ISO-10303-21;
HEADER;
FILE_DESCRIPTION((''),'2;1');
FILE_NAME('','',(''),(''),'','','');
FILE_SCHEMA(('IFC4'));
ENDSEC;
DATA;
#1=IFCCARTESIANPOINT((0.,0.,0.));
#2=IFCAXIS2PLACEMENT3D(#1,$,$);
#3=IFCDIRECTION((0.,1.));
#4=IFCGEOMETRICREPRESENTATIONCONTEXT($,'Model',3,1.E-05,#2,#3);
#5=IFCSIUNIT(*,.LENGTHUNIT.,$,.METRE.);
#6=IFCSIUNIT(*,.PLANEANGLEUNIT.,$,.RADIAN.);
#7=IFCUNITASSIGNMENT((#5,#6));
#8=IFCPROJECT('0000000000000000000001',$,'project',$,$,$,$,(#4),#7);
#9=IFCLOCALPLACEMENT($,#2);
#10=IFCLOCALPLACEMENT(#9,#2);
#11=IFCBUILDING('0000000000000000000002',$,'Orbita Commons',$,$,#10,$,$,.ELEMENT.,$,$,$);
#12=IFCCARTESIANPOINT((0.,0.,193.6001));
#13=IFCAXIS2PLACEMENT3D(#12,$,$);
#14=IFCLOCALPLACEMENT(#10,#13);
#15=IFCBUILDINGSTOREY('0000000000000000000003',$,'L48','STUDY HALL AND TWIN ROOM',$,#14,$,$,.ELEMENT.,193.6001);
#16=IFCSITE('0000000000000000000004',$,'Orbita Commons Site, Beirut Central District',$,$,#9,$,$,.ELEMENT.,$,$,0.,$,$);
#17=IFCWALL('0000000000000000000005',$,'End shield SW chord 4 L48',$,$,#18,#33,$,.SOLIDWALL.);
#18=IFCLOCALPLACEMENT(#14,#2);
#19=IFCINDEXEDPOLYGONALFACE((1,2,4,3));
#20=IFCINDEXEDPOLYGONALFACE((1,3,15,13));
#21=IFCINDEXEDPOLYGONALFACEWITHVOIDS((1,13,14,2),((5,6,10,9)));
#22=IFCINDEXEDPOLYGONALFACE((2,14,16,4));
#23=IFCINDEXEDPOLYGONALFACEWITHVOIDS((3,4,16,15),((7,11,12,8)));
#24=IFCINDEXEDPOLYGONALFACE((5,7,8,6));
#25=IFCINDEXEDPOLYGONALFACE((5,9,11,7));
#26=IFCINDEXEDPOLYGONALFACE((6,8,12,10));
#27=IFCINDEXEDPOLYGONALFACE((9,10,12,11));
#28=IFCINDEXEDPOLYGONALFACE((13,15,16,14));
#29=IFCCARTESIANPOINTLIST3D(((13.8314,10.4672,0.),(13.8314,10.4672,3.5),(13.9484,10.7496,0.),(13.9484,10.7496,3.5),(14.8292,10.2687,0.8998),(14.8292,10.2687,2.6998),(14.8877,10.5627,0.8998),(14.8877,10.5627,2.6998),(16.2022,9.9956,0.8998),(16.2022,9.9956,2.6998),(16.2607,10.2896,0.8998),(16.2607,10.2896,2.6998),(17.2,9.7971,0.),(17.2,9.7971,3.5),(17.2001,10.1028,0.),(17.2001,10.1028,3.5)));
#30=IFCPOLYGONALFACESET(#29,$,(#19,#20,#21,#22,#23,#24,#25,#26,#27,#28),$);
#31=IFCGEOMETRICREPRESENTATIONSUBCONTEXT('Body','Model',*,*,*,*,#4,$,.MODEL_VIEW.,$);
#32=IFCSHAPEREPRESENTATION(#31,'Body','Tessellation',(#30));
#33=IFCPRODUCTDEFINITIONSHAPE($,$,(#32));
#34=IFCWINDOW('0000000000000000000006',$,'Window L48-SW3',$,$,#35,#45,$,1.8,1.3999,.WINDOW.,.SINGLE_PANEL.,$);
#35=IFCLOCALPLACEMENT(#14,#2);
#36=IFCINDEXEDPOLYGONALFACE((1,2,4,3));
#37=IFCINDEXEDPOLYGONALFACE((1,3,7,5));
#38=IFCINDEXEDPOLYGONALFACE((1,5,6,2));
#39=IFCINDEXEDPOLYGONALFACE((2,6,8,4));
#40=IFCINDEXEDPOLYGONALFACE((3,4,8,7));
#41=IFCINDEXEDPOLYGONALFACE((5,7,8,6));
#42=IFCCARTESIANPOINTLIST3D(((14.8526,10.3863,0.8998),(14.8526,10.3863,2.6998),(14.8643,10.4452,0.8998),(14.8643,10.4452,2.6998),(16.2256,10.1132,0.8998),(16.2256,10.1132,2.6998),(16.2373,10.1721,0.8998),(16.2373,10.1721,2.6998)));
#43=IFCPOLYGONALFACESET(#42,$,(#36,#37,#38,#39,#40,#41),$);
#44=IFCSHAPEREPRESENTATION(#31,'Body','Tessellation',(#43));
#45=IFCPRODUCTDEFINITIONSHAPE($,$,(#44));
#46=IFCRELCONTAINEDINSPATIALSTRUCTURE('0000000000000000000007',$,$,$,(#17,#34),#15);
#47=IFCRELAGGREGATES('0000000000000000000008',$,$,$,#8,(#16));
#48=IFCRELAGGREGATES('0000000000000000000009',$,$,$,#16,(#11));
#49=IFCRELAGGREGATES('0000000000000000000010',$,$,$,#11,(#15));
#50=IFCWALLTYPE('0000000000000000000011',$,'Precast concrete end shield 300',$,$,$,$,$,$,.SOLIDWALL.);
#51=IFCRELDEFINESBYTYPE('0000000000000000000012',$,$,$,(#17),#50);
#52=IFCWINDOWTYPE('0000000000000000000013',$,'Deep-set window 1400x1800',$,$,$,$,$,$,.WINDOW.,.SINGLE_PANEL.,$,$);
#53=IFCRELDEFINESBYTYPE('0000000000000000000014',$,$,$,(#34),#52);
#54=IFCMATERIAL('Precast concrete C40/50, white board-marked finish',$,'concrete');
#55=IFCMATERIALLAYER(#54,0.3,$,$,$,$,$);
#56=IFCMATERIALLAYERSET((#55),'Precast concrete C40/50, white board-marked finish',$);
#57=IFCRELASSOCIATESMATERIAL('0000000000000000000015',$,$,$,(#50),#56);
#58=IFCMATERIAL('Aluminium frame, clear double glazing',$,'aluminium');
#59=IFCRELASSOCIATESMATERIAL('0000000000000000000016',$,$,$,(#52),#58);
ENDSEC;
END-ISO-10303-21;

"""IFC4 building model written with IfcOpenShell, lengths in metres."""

from ifc_helpers import new_model, si_unit, direction, frame, frame_2d, origin, place, context, subcontext, project, spatial, polyline, rectangle, outline, extrude, material, layer, layer_set, type_object, element, fill, save


model = new_model("IFC4")

# Units and contexts
model_context = context("Model", 3, precision=1e-05, world=origin(), true_north=direction((0.0, 1.0)))
body_context = subcontext(model_context, "Body", "Model", "MODEL_VIEW")
ifc_project = project(units=[si_unit("LENGTHUNIT", "METRE"), si_unit("PLANEANGLEUNIT", "RADIAN")], contexts=[model_context])

# Site, building, storey
site_placement = place(None, origin())
site = spatial("IfcSite", under=ifc_project, at=site_placement, Name="Orbita Commons Site, Beirut Central District", CompositionType="ELEMENT", RefElevation=0.0)
building_placement = place(site_placement, origin())
building = spatial("IfcBuilding", under=site, at=building_placement, Name="Orbita Commons", CompositionType="ELEMENT")
storey_placement = place(building_placement, frame((0.0, 0.0, 193.6001)))
storey = spatial("IfcBuildingStorey", under=building, at=storey_placement, Name="L48", Description="STUDY HALL AND TWIN ROOM", CompositionType="ELEMENT", Elevation=193.6001)

# Wall, opening, window
ifc_material_1 = material(Name="Precast concrete C40/50, white board-marked finish", Category="concrete")
ifc_layer_1 = layer(ifc_material_1, 0.3)
ifc_layer_set_1 = layer_set([ifc_layer_1], Name="Precast concrete C40/50, white board-marked finish")
wall_type_1 = type_object("IfcWallType", Name="Precast concrete end shield 300", PredefinedType="SOLIDWALL", material=ifc_layer_set_1)
ifc_material_2 = material(Name="Aluminium frame, clear double glazing", Category="aluminium")
window_type = type_object("IfcWindowType", Name="Deep-set window 1400x1800", PartitioningType="SINGLE_PANEL", PredefinedType="WINDOW", material=ifc_material_2)
wall_1_placement = place(storey_placement, frame((13.8899, 10.6084, 0.0), z_axis=(0.0, 0.0, 1.0), x_axis=(0.980783, -0.1951, 0.0)))
wall_1 = element("IfcWall", 1, at=wall_1_placement, inside=storey, type_object=wall_type_1, Name="End shield SW chord 4 L48", PredefinedType="SOLIDWALL", context=body_context, shape_type="SweptSolid", body=[
    extrude(outline(polyline([(-0.0298, -0.1499), (3.4048, -0.1499), (3.3452, 0.1499), (0.0298, 0.1499), (-0.0298, -0.1499)])), origin(), (0.0, 0.0, 1.0), 3.5),
])
opening_1_placement = place(wall_1_placement, frame((0.9875, 0.0, 0.8999)))
opening_1 = element("IfcOpeningElement", 2, at=opening_1_placement, cuts=wall_1, PredefinedType="OPENING", context=body_context, shape_type="SweptSolid", body=[
    extrude(rectangle(XDim=1.3999, YDim=1.8, at=frame_2d((0.7, 0.8999))), frame((0.0, 0.1599, 0.0), z_axis=(0.0, -1.0, 0.0), x_axis=(1.0, 0.0, 0.0)), (0.0, 0.0, 1.0), 0.3201),
])
window_1_placement = place(opening_1_placement, origin())
window_1 = element("IfcWindow", 3, at=window_1_placement, inside=storey, type_object=window_type, Name="Window L48-SW3", OverallHeight=1.8, OverallWidth=1.3999, PartitioningType="SINGLE_PANEL", PredefinedType="WINDOW", context=body_context, shape_type="SweptSolid", body=[
    extrude(rectangle(XDim=1.3999, YDim=1.8, at=frame_2d((0.7, 0.8999))), frame((0.0, 0.03, 0.0), z_axis=(0.0, -1.0, 0.0), x_axis=(1.0, 0.0, 0.0)), (0.0, 0.0, 1.0), 0.0601),
])
fill(opening_1, window_1)

save(model, "model.ifc")
